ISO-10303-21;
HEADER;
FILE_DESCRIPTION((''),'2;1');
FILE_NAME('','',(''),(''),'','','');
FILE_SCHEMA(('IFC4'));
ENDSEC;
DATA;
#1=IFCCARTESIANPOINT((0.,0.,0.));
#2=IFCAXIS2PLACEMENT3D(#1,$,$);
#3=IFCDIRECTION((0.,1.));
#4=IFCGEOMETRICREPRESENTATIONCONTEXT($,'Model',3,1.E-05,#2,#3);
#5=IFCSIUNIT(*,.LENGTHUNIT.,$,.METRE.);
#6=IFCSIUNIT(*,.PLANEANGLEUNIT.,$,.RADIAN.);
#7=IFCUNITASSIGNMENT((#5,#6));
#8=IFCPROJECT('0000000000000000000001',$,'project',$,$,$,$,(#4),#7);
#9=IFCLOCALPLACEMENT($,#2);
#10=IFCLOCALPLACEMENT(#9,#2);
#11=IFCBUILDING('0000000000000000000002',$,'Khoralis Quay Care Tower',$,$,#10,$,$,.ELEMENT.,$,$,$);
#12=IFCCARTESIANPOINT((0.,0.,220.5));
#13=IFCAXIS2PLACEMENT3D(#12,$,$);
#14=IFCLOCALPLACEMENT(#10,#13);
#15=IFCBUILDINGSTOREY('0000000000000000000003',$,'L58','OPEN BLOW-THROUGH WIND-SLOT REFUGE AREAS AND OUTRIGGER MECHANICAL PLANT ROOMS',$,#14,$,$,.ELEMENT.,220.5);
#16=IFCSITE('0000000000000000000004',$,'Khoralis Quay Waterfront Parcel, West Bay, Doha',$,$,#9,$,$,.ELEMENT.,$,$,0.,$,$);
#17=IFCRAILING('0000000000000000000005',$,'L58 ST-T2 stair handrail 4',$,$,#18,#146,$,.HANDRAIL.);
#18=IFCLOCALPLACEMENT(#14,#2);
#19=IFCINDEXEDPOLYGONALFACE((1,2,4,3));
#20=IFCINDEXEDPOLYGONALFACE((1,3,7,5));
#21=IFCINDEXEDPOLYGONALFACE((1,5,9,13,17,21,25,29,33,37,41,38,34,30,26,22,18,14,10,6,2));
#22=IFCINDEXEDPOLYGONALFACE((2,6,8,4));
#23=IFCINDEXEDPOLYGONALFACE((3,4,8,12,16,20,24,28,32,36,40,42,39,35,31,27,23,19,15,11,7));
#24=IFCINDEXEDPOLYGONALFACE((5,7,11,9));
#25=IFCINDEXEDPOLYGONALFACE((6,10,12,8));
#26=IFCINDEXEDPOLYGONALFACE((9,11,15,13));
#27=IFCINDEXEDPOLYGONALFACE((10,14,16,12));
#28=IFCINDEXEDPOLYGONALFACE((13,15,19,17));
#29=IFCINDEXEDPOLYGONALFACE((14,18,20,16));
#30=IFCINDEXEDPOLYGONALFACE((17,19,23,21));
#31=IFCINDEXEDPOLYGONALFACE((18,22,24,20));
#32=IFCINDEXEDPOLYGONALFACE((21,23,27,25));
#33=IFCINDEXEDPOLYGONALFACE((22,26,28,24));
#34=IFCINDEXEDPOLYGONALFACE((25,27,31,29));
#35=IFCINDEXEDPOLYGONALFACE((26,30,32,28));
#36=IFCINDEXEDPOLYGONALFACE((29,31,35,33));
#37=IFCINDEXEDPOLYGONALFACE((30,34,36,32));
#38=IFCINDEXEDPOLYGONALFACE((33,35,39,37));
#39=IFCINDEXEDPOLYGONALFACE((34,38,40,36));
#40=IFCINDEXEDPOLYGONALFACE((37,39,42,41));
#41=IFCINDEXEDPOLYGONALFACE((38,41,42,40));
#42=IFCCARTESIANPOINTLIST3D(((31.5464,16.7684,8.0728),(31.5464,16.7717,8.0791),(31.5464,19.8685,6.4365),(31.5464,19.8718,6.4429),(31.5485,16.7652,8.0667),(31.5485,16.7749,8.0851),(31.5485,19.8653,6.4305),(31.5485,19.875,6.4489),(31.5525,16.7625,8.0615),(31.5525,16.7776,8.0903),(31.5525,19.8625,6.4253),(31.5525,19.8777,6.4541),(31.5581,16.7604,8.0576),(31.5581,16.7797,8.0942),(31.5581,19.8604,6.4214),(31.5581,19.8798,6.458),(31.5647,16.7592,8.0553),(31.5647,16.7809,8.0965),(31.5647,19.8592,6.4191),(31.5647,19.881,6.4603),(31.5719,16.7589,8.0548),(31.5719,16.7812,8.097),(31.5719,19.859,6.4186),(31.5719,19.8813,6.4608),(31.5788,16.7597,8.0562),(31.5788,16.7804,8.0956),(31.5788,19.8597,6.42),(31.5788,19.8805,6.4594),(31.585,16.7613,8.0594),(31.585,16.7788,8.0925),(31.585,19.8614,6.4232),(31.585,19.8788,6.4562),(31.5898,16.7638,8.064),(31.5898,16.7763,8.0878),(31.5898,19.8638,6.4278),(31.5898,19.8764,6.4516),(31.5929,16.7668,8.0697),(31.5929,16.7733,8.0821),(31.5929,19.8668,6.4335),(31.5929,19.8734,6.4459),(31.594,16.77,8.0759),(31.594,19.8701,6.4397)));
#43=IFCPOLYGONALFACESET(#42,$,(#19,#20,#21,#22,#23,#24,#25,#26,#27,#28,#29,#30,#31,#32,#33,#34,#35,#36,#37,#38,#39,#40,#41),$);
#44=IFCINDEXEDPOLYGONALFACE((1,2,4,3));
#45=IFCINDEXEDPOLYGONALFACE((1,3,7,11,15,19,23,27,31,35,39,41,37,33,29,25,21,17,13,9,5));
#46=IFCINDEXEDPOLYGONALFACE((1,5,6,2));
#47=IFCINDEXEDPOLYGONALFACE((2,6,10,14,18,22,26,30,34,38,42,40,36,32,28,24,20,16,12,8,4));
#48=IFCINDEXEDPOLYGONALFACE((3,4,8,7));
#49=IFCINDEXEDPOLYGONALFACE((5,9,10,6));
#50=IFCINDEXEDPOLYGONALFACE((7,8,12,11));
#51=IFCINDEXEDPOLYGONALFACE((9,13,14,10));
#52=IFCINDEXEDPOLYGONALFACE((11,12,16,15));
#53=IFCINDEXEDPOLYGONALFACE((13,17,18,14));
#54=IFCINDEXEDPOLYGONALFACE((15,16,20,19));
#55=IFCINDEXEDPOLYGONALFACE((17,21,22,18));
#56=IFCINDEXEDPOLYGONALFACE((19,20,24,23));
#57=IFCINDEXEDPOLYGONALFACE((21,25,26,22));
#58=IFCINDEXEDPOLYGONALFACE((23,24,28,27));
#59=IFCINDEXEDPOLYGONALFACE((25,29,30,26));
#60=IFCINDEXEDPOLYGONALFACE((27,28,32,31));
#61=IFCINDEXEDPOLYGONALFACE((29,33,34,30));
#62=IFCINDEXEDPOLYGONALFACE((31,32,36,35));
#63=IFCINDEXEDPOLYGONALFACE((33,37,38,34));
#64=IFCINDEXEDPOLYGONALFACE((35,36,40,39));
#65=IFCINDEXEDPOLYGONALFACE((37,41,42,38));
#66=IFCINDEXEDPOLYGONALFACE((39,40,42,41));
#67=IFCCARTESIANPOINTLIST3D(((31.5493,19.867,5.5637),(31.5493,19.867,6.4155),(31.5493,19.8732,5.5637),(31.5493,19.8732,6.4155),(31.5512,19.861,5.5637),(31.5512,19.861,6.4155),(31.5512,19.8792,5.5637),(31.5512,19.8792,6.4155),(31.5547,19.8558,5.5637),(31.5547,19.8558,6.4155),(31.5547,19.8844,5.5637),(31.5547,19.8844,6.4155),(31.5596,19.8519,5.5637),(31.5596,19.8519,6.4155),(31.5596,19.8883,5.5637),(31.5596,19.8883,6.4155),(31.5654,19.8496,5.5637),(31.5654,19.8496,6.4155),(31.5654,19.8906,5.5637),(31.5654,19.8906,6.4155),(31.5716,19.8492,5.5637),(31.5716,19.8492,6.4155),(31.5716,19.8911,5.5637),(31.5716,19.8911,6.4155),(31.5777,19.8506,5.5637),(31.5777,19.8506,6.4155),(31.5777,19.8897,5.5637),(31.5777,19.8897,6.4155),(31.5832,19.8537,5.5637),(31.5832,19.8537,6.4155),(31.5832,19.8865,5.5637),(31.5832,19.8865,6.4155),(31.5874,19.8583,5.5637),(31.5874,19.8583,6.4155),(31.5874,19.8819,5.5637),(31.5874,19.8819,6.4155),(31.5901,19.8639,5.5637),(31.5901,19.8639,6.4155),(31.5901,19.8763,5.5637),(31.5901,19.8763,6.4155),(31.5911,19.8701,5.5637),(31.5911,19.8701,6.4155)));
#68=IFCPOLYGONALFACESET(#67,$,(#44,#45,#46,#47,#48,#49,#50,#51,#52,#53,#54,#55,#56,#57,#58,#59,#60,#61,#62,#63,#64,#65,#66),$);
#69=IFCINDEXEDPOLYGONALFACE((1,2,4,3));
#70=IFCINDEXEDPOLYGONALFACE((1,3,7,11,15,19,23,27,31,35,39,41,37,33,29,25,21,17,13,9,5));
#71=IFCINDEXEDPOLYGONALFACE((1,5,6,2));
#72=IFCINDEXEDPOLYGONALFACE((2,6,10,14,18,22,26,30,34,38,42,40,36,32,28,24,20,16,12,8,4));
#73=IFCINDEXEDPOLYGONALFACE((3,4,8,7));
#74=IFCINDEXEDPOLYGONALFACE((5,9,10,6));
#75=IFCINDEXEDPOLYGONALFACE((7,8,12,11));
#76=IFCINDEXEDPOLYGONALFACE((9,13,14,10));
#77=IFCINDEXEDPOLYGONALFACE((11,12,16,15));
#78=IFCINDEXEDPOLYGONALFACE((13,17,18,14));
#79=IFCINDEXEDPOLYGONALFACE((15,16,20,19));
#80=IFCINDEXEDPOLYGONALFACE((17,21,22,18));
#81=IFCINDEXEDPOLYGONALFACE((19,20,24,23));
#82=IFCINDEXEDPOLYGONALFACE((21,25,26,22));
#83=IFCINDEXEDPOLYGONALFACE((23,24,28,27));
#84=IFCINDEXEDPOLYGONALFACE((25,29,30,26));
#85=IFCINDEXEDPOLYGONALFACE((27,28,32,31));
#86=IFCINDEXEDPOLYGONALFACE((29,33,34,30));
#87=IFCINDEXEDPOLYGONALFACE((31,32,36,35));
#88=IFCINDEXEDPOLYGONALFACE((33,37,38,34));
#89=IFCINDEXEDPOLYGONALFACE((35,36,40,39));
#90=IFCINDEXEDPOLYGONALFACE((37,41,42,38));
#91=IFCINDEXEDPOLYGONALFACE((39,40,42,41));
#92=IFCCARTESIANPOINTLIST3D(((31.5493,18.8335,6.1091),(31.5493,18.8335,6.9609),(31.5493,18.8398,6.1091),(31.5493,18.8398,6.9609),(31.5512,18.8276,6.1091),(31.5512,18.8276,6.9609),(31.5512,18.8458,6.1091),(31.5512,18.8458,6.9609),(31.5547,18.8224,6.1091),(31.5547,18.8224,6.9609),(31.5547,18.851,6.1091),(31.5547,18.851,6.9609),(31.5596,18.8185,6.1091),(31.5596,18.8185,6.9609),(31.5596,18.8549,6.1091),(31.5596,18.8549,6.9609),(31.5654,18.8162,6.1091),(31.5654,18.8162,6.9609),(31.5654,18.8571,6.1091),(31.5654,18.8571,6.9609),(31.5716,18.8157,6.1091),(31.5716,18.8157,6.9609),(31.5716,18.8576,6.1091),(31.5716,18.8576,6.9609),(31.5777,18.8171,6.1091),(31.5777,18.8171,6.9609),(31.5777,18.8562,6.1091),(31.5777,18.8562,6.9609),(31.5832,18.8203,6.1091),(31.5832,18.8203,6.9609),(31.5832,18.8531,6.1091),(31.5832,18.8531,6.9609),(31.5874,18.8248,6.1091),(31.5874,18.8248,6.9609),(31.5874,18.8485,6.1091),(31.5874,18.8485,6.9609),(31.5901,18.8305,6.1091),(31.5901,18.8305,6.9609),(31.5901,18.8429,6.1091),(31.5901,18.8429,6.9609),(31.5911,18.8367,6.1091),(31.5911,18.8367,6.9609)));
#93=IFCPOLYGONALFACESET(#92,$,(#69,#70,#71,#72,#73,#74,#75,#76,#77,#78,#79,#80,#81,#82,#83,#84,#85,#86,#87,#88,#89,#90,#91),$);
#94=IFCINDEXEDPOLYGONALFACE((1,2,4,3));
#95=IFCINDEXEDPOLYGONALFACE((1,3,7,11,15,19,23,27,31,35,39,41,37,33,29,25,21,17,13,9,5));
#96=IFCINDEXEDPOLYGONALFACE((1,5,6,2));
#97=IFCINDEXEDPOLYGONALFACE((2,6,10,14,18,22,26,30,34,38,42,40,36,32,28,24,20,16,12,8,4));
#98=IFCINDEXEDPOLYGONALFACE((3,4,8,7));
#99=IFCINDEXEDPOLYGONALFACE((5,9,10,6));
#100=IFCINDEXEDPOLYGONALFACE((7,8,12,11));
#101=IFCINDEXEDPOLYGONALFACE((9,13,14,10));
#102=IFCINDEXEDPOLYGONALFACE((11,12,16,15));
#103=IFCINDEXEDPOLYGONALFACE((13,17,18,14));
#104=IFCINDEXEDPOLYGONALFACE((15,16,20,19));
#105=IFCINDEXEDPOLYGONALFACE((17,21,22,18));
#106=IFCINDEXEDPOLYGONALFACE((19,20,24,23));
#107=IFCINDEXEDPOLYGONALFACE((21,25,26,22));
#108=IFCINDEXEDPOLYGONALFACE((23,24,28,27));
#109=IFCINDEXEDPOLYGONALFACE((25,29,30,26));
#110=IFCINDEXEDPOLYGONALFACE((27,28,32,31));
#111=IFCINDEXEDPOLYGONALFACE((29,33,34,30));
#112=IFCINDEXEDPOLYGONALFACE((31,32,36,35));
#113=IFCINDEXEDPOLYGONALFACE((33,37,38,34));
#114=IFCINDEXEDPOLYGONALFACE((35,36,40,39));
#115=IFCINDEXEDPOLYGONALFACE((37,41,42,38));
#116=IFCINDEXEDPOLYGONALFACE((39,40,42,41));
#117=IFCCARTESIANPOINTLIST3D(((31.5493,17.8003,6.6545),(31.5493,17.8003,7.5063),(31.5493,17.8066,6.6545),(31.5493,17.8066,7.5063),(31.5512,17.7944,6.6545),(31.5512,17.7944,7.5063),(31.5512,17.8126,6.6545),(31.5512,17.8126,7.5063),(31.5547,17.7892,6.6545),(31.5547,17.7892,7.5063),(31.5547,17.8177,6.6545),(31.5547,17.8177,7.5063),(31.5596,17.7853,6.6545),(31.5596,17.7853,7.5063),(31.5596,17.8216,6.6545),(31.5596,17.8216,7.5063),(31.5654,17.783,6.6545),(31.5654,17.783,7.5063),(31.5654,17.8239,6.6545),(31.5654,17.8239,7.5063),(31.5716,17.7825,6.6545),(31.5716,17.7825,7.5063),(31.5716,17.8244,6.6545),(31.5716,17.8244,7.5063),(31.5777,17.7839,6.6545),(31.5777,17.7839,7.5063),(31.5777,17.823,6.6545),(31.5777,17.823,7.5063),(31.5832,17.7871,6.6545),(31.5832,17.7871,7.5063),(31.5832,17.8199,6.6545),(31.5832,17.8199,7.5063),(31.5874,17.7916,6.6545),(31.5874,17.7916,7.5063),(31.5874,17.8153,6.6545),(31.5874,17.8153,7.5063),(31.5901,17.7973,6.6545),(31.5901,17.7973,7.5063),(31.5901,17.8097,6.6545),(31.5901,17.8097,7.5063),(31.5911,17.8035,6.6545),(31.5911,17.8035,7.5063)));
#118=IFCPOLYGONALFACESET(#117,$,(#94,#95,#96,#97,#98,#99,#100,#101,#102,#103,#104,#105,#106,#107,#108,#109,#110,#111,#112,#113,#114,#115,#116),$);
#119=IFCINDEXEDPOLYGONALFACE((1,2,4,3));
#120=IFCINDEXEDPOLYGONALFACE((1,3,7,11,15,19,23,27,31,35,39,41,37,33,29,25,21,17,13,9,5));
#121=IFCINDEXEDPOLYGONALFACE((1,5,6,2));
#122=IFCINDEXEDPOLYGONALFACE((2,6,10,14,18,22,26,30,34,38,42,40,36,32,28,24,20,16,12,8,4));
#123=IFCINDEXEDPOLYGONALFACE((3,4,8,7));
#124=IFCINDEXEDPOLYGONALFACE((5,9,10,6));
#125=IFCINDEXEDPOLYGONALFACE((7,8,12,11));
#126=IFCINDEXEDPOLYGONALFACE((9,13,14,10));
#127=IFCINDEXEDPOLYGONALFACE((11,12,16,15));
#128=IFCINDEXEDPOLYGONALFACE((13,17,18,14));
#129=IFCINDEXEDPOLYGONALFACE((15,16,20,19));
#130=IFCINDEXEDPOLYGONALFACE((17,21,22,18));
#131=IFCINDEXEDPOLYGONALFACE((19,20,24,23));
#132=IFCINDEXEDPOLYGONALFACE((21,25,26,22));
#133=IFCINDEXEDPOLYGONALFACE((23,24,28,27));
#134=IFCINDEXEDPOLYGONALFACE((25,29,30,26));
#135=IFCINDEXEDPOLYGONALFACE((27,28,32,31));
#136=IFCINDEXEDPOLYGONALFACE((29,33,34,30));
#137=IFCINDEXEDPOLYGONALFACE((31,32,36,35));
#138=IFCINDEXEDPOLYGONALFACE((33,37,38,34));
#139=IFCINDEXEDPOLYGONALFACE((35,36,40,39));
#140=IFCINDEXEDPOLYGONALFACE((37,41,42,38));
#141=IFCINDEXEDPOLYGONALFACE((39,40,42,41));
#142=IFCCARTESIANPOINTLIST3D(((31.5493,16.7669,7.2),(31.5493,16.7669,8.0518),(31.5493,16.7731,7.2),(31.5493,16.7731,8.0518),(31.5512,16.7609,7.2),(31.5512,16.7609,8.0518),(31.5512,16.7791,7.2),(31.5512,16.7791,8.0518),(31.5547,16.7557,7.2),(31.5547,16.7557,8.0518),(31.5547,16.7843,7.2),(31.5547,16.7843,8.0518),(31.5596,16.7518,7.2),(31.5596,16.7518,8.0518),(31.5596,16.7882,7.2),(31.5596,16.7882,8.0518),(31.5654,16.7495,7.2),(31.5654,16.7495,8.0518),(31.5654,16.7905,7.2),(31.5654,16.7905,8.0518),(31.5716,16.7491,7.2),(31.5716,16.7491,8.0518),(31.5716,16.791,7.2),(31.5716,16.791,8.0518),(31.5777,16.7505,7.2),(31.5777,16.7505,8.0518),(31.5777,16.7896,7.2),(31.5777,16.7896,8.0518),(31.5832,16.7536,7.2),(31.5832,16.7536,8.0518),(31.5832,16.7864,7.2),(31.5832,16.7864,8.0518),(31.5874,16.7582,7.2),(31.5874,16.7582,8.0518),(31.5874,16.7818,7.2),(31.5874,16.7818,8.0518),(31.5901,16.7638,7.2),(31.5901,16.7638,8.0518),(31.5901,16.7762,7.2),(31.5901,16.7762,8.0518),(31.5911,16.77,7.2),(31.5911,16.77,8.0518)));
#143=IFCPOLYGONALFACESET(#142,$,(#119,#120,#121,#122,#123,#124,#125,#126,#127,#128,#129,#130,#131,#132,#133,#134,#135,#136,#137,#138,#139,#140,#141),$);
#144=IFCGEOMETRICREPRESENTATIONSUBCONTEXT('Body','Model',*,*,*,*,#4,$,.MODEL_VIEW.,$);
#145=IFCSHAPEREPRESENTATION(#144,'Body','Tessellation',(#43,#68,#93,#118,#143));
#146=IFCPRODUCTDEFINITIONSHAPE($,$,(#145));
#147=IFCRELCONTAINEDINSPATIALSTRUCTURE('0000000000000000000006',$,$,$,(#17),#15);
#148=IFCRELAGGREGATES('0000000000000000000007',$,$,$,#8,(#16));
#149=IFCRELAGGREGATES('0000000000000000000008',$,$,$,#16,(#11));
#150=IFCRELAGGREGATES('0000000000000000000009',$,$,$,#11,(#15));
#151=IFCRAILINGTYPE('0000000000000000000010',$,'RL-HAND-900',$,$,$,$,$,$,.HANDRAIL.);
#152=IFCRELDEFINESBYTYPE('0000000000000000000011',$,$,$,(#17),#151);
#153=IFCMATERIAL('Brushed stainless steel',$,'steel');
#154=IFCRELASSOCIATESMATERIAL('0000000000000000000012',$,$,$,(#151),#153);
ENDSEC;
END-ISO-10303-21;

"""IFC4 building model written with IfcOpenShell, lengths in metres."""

from ifc_helpers import new_model, si_unit, direction, frame, origin, origin_2d, place, context, subcontext, project, spatial, circle, extrude, material, type_object, element, save


model = new_model("IFC4")

# Units and contexts
model_context = context("Model", 3, precision=1e-05, world=origin(), true_north=direction((0.0, 1.0)))
body_context = subcontext(model_context, "Body", "Model", "MODEL_VIEW")
ifc_project = project(units=[si_unit("LENGTHUNIT", "METRE"), si_unit("PLANEANGLEUNIT", "RADIAN")], contexts=[model_context])

# Site, building, storey
site_placement = place(None, origin())
site = spatial("IfcSite", under=ifc_project, at=site_placement, Name="Khoralis Quay Waterfront Parcel, West Bay, Doha", CompositionType="ELEMENT", RefElevation=0.0)
building_placement = place(site_placement, origin())
building = spatial("IfcBuilding", under=site, at=building_placement, Name="Khoralis Quay Care Tower", CompositionType="ELEMENT")
storey_placement = place(building_placement, frame((0.0, 0.0, 220.5)))
storey = spatial("IfcBuildingStorey", under=building, at=storey_placement, Name="L58", Description="OPEN BLOW-THROUGH WIND-SLOT REFUGE AREAS AND OUTRIGGER MECHANICAL PLANT ROOMS", CompositionType="ELEMENT", Elevation=220.5)

# Railing
ifc_material_1 = material(Name="Brushed stainless steel", Category="steel")
railing_type_1 = type_object("IfcRailingType", Name="RL-HAND-900", PredefinedType="HANDRAIL", material=ifc_material_1)
railing_1_placement = place(storey_placement, frame((31.5701, 19.8701, 5.5637)))
element("IfcRailing", 1, at=railing_1_placement, inside=storey, type_object=railing_type_1, Name="L58 ST-T2 stair handrail 4", PredefinedType="HANDRAIL", context=body_context, shape_type="SweptSolid", body=[
    extrude(circle(Radius=0.0239, at=origin_2d()), frame((0.0, 0.0, 0.876), z_axis=(0.0, -0.884377, 0.466774), x_axis=(1.0, 0.0, 0.0)), (0.0, 0.0, 1.0), 3.5054),
    extrude(circle(Radius=0.021, at=origin_2d()), origin(), (0.0, 0.0, 1.0), 0.8518),
    extrude(circle(Radius=0.021, at=origin_2d()), frame((0.0, -1.0334, 0.5454)), (0.0, 0.0, 1.0), 0.8518),
    extrude(circle(Radius=0.021, at=origin_2d()), frame((0.0, -2.0667, 1.0908)), (0.0, 0.0, 1.0), 0.8518),
    extrude(circle(Radius=0.021, at=origin_2d()), frame((0.0, -3.1001, 1.6362)), (0.0, 0.0, 1.0), 0.8518),
])

save(model, "model.ifc")
